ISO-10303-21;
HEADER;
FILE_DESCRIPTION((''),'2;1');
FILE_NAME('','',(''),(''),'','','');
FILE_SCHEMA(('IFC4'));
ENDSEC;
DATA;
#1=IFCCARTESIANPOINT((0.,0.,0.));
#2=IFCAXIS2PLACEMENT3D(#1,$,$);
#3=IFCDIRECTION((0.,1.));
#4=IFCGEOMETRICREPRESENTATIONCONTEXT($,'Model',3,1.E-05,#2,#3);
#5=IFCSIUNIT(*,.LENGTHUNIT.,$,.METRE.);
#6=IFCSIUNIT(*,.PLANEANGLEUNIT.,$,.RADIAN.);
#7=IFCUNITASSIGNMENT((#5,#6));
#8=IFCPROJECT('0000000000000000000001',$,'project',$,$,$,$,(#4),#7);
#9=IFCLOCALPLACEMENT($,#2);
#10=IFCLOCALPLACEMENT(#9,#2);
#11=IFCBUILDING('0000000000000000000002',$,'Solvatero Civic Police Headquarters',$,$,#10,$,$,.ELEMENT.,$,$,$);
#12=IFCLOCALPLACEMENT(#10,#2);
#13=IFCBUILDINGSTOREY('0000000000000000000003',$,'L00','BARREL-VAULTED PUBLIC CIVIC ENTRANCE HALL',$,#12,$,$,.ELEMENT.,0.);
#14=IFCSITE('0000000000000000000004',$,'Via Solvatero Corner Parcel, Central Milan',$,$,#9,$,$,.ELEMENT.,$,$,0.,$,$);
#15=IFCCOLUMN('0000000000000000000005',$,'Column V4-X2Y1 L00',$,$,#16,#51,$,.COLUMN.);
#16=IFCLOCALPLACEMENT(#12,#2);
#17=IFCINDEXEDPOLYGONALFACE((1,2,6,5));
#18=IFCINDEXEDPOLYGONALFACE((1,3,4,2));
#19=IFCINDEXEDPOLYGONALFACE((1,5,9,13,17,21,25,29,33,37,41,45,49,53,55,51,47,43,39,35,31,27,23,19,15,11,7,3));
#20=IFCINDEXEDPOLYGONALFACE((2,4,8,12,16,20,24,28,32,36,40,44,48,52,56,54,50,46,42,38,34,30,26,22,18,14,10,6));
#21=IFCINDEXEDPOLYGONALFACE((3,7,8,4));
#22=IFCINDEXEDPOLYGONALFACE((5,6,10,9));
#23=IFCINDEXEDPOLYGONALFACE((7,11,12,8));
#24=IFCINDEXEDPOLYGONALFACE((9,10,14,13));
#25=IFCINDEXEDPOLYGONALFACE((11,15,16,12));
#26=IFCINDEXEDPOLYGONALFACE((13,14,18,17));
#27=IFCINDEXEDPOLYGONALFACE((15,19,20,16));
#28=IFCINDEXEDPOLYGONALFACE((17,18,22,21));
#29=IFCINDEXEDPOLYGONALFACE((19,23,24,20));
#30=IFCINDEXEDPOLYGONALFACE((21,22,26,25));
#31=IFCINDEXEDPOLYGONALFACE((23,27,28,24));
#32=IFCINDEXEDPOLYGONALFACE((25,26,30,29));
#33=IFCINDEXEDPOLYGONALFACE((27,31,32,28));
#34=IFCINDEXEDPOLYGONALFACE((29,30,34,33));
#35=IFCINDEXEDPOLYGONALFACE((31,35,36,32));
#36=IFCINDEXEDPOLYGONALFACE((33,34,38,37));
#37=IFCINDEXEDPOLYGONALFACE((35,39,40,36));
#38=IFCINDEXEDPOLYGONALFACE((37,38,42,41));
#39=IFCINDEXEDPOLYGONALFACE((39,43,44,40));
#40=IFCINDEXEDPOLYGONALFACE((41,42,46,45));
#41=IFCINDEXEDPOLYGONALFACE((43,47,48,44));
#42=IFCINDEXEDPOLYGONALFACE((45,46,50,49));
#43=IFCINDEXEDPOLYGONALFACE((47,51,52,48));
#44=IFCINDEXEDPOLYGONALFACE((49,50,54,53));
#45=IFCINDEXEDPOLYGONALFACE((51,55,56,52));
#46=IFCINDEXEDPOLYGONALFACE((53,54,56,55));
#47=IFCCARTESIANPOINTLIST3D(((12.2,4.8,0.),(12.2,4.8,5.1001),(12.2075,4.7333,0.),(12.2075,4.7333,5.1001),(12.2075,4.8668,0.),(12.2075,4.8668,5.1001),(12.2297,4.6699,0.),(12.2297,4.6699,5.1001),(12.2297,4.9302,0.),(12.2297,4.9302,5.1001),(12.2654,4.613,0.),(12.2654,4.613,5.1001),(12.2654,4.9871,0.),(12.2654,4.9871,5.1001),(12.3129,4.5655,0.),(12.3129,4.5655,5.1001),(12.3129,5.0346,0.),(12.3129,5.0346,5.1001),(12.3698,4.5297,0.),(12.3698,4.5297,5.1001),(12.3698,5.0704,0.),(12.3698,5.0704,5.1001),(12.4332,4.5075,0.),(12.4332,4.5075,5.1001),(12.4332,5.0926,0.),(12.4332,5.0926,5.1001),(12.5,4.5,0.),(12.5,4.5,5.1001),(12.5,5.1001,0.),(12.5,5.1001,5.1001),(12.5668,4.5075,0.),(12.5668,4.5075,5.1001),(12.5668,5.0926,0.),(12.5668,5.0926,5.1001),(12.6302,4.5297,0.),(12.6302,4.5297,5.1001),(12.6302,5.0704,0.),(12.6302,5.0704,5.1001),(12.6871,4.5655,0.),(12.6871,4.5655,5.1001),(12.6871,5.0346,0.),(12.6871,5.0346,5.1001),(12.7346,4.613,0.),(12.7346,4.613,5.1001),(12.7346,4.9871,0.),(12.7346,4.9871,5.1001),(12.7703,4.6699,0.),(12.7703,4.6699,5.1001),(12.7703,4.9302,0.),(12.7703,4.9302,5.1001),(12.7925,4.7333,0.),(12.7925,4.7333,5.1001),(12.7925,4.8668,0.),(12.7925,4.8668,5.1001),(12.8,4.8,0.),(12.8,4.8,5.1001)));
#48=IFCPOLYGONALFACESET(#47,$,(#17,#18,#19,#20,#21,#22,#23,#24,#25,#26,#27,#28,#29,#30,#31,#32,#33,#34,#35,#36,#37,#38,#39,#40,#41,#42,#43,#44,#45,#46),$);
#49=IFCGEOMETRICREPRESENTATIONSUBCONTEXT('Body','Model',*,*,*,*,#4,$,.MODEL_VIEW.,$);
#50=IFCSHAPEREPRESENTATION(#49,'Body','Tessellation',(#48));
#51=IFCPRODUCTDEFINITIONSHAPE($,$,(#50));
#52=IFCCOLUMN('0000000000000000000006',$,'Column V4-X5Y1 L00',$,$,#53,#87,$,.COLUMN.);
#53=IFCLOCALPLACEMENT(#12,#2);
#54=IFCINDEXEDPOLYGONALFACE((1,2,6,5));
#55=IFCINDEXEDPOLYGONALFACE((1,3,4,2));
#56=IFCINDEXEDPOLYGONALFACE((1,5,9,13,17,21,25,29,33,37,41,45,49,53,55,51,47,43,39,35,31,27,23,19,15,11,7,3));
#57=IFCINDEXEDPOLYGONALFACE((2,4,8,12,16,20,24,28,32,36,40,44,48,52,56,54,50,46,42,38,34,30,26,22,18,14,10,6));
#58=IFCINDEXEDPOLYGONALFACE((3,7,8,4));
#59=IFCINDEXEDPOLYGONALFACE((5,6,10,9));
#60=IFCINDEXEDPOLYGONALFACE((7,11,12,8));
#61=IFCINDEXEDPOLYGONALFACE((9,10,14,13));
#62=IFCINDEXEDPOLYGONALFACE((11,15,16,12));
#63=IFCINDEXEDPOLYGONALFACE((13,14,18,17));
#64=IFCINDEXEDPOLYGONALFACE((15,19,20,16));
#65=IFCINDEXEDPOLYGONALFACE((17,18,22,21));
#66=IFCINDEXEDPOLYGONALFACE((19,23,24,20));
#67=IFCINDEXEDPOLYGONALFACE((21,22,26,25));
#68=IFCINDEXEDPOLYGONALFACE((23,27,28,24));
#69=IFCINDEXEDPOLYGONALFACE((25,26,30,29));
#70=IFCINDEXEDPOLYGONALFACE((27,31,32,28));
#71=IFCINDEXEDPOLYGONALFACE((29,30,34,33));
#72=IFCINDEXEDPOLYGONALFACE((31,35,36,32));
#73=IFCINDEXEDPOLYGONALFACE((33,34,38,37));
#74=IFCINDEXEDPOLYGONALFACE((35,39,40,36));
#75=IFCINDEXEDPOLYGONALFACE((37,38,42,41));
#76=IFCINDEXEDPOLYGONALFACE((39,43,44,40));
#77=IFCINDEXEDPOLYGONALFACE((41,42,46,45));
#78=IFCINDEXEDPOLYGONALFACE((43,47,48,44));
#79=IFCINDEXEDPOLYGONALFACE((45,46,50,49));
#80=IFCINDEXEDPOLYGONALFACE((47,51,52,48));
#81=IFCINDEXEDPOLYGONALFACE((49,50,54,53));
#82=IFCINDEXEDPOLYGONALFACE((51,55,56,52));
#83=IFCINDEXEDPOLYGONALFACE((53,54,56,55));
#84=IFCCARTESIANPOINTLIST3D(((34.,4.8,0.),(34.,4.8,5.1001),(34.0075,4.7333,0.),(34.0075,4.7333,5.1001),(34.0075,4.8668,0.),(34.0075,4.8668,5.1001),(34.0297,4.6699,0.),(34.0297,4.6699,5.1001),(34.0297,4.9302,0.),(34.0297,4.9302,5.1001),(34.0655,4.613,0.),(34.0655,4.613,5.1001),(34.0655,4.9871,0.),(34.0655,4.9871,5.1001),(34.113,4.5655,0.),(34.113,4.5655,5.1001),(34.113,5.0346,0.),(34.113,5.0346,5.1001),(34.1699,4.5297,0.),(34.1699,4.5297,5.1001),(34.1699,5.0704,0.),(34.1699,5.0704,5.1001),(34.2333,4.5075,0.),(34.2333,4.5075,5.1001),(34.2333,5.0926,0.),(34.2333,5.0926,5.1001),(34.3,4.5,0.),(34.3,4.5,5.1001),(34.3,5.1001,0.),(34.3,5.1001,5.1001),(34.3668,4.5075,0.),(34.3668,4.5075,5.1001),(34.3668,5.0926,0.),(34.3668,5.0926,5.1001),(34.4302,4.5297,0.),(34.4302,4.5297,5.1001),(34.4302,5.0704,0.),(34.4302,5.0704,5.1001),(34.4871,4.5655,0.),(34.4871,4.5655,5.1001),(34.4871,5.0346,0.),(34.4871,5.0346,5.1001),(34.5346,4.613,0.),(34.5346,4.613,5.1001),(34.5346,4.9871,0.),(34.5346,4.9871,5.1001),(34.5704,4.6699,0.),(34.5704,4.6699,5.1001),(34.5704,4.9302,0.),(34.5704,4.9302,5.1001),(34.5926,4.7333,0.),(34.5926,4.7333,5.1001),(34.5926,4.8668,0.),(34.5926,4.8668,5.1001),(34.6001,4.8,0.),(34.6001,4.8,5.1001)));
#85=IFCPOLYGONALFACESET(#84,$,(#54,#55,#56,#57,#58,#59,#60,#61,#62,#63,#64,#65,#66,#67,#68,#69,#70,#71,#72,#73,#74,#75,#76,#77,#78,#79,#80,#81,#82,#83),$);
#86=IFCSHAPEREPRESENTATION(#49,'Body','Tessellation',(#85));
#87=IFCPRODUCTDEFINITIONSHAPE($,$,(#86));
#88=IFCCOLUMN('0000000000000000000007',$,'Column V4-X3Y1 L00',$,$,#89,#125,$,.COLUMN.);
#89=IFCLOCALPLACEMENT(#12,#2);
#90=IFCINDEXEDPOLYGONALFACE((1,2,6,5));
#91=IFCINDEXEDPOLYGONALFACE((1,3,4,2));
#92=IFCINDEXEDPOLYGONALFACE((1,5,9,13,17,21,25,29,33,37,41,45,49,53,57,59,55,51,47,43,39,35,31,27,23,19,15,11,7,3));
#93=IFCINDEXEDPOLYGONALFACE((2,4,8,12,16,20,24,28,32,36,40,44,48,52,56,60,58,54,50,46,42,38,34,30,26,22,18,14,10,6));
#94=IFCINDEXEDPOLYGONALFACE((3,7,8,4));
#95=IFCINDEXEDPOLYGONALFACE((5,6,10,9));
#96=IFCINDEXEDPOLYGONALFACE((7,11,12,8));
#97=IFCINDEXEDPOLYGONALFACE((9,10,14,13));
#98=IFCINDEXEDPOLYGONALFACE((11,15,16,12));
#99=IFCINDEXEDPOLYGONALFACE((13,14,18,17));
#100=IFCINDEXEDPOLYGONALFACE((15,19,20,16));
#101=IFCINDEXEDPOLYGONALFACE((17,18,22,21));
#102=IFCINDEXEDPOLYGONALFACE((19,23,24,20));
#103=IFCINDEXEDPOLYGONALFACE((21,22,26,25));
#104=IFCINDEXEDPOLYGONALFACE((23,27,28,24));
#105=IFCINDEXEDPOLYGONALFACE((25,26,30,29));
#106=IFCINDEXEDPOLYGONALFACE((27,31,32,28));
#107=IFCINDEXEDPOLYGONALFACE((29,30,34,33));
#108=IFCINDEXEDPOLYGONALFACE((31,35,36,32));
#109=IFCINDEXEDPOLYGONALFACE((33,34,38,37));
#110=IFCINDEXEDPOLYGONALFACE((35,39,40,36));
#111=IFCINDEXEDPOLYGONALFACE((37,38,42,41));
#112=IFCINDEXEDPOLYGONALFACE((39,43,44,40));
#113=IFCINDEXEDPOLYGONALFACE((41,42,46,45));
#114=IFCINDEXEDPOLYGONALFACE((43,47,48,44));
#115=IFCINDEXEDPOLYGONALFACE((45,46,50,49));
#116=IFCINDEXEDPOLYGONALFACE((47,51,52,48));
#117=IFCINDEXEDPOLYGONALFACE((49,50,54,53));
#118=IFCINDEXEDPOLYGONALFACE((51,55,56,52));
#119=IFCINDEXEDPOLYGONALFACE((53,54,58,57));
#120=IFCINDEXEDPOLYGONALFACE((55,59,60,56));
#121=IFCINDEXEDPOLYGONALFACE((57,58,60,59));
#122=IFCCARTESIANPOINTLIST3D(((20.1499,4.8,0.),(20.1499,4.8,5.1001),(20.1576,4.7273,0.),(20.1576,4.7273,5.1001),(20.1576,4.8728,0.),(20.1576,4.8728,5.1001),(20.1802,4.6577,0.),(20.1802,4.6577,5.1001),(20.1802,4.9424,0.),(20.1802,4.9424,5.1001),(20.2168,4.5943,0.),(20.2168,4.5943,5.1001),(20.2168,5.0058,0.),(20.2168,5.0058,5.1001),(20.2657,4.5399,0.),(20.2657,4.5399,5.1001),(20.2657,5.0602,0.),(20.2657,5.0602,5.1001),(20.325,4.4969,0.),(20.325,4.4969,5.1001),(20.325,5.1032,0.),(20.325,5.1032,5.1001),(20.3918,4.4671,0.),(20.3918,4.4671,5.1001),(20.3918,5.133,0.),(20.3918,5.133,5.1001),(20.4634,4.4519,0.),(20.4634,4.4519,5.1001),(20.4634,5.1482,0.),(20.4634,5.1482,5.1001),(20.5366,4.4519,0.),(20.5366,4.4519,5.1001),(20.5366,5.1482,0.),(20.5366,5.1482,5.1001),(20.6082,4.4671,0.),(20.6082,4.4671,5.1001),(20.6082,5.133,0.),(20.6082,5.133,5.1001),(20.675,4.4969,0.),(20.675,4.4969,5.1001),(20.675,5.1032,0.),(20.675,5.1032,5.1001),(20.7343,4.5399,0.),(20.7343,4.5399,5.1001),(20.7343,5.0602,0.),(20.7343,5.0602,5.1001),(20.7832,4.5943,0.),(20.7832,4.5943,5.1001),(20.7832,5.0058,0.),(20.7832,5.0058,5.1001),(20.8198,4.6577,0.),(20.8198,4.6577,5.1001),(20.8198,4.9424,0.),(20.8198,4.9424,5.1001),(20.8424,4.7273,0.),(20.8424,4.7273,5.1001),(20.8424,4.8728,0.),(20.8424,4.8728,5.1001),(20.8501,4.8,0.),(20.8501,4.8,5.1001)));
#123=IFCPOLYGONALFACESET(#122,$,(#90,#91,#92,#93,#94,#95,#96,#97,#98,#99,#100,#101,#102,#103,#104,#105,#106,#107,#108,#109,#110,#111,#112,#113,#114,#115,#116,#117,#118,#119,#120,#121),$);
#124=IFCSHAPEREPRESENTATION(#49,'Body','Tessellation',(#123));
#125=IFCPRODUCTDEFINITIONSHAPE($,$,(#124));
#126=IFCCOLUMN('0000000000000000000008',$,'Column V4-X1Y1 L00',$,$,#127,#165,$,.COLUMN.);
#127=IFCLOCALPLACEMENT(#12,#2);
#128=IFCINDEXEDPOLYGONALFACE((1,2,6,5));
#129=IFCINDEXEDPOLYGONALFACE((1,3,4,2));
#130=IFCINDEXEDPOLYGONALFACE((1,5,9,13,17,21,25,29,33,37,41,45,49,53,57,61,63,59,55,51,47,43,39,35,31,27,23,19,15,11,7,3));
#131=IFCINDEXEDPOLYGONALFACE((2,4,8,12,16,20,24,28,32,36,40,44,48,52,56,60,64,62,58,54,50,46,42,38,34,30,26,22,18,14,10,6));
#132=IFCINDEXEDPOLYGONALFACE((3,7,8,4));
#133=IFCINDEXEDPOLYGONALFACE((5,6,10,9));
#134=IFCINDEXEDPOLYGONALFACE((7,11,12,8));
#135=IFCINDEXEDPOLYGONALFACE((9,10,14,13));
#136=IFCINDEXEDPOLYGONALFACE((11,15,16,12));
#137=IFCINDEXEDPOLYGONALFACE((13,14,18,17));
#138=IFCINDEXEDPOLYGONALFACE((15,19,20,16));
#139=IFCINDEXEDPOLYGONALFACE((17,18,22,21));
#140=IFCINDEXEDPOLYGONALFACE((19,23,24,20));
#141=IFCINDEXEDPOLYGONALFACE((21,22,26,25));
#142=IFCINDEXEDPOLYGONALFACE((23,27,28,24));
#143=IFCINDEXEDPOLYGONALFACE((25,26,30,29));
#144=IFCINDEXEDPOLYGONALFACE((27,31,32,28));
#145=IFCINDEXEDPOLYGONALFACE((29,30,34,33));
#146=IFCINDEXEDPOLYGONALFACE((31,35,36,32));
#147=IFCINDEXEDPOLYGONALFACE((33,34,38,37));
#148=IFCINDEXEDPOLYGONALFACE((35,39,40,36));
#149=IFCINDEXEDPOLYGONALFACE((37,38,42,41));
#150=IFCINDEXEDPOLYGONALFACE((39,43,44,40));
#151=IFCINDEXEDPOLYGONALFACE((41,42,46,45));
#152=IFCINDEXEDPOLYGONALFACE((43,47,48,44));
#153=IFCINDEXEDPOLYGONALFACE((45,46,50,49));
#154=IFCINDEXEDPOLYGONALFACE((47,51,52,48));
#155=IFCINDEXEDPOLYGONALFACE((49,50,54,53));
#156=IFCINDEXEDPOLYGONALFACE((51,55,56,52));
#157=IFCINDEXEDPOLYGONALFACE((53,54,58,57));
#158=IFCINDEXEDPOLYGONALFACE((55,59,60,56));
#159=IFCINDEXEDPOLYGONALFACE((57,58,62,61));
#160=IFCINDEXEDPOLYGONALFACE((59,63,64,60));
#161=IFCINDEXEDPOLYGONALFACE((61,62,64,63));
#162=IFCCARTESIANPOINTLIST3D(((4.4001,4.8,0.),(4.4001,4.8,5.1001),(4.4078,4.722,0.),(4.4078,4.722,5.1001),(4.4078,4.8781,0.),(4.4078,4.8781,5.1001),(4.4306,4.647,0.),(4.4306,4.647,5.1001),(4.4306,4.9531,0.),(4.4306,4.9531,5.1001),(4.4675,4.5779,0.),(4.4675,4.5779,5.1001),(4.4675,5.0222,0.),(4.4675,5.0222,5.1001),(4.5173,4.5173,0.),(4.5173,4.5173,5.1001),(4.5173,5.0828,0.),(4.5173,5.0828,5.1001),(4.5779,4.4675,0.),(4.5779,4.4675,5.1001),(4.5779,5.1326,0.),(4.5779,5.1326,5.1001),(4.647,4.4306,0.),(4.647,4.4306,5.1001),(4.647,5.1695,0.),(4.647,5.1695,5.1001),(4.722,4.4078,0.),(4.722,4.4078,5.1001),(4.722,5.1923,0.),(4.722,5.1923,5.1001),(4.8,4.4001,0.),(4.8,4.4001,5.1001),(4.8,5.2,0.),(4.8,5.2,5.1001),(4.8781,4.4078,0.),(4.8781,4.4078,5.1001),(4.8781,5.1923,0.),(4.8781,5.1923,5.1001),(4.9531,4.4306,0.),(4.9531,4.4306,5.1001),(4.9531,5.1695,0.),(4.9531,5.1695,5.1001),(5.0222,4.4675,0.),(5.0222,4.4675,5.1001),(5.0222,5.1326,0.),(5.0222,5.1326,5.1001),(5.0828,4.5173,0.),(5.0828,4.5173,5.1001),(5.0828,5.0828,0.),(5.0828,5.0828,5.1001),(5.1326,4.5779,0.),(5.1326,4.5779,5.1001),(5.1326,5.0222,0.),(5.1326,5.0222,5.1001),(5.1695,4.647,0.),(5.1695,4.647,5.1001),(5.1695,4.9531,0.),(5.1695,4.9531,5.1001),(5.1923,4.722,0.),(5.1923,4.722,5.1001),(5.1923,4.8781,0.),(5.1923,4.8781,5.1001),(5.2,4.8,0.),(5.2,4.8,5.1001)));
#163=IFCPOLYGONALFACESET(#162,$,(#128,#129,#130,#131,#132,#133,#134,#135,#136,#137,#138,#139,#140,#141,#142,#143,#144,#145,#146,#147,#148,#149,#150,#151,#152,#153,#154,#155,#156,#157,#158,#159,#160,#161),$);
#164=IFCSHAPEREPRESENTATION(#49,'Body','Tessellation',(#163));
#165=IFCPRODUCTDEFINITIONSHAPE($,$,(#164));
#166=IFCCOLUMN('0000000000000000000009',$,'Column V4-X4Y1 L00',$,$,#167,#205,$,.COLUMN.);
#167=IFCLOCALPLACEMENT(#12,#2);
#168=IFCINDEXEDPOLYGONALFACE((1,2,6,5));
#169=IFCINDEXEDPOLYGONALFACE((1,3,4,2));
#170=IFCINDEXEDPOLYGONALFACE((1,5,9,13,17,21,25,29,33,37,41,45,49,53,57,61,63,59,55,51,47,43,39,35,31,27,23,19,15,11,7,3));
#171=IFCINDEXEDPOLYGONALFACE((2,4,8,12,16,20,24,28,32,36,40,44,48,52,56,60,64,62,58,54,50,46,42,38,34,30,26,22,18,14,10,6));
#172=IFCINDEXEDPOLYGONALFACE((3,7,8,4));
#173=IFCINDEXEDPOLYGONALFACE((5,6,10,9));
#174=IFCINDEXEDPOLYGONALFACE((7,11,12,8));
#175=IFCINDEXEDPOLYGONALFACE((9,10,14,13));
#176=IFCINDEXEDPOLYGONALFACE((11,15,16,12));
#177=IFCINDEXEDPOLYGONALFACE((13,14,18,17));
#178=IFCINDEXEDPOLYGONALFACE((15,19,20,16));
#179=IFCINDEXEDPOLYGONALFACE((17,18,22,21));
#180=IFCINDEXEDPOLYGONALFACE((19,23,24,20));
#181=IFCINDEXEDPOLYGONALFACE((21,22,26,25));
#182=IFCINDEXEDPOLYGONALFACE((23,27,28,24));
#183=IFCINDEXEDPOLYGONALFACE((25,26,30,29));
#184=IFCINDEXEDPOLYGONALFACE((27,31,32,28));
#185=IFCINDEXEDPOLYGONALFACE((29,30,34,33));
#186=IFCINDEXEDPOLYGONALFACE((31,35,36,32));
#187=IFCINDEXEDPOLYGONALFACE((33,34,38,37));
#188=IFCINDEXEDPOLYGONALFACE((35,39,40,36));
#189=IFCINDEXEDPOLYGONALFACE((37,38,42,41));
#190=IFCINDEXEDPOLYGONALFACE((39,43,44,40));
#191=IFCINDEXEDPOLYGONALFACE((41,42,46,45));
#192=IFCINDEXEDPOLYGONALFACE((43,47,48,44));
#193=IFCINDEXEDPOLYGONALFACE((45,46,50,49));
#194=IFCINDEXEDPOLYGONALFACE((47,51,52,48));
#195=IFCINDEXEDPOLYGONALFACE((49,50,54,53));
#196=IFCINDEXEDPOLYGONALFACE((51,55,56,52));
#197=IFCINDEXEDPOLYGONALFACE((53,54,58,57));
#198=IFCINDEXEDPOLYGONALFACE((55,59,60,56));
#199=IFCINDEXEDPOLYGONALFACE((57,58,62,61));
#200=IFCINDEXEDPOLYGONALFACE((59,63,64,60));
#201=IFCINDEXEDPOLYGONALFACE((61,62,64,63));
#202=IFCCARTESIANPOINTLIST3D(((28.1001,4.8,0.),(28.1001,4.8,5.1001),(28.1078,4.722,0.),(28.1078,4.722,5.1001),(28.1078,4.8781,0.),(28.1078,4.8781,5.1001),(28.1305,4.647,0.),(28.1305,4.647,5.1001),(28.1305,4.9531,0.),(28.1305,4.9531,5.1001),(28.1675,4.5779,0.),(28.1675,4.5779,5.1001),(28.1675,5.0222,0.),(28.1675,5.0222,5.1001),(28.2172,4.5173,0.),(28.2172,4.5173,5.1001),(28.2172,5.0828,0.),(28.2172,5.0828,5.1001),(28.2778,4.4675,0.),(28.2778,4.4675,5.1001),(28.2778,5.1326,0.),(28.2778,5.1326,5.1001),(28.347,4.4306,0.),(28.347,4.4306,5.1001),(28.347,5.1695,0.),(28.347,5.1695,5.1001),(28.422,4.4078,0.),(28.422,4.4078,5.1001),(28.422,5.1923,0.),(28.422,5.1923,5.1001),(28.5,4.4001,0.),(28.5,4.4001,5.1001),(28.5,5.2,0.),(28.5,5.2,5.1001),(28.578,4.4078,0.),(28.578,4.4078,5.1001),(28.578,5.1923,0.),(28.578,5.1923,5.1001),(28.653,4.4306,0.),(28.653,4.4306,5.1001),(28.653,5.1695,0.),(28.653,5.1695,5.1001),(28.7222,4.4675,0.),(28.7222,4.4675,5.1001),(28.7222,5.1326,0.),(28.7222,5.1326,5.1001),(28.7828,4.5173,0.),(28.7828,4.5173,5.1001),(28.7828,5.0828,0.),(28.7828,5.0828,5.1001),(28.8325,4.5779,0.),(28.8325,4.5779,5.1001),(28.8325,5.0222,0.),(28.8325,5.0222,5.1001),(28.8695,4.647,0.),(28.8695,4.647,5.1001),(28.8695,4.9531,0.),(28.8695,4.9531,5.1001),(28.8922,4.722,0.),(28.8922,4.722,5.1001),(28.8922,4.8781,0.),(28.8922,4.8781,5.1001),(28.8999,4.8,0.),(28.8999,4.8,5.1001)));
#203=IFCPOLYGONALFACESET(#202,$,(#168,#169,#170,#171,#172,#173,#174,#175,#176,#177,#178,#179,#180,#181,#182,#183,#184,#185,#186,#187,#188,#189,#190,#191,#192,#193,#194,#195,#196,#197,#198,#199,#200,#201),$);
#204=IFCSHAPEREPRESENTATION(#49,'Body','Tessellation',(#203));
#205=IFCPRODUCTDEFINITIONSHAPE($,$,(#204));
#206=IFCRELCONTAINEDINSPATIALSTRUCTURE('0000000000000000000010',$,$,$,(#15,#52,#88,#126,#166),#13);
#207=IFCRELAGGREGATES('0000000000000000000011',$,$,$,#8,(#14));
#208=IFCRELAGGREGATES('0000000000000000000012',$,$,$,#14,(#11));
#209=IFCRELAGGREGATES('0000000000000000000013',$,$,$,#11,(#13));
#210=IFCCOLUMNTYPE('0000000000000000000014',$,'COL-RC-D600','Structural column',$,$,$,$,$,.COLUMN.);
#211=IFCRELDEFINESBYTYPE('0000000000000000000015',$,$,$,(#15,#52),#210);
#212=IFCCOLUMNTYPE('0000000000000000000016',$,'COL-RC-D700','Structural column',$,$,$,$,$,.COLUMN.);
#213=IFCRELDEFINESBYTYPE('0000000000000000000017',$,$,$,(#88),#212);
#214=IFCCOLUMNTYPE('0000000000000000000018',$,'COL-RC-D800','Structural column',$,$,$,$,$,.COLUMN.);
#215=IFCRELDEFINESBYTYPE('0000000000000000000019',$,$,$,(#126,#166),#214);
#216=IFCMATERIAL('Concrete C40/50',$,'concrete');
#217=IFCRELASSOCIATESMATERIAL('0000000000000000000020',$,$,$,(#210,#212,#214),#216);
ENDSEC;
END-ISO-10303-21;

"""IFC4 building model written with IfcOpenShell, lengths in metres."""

from ifc_helpers import new_model, si_unit, direction, frame, origin, origin_2d, place, context, subcontext, project, spatial, circle, extrude, material, material_profile, profile_set, type_object, element, save


model = new_model("IFC4")

# Units and contexts
model_context = context("Model", 3, precision=1e-05, world=origin(), true_north=direction((0.0, 1.0)))
body_context = subcontext(model_context, "Body", "Model", "MODEL_VIEW")
ifc_project = project(units=[si_unit("LENGTHUNIT", "METRE"), si_unit("PLANEANGLEUNIT", "RADIAN")], contexts=[model_context])

# Site, building, storey
site_placement = place(None, origin())
site = spatial("IfcSite", under=ifc_project, at=site_placement, Name="Via Solvatero Corner Parcel, Central Milan", CompositionType="ELEMENT", RefElevation=0.0)
building_placement = place(site_placement, origin())
building = spatial("IfcBuilding", under=site, at=building_placement, Name="Solvatero Civic Police Headquarters", CompositionType="ELEMENT")
storey_placement = place(building_placement, origin())
storey = spatial("IfcBuildingStorey", under=building, at=storey_placement, Name="L00", Description="BARREL-VAULTED PUBLIC CIVIC ENTRANCE HALL", CompositionType="ELEMENT", Elevation=0.0)

# Columns
ifc_material_1 = material(Name="Concrete C40/50", Category="concrete")
ifc_material_profile_1 = material_profile(ifc_material_1, circle(Radius=0.3, at=origin_2d()), Name="RC COL D600")
ifc_profile_set_1 = profile_set([ifc_material_profile_1], Name="Concrete C40/50")
column_type_1 = type_object("IfcColumnType", Name="COL-RC-D600", Description="Structural column", PredefinedType="COLUMN", material=ifc_profile_set_1)
for number, where, z_axis, x_axis, name in (
    (1, (12.5, 4.8, 0.0), (0.0, 0.0, 1.0), (1.0, 0.0, 0.0), "Column V4-X2Y1 L00"),
    (2, (34.3, 4.8, 0.0), (0.0, 0.0, 1.0), (1.0, 0.0, 0.0), "Column V4-X5Y1 L00"),
):
    element("IfcColumn", number, at=place(storey_placement, frame(where, z_axis=z_axis, x_axis=x_axis)), inside=storey, type_object=column_type_1, Name=name, PredefinedType="COLUMN", context=body_context, shape_type="SweptSolid", body=[
        extrude(circle(Radius=0.3, at=origin_2d()), origin(), (0.0, 0.0, 1.0), 5.1001),
    ])
ifc_material_profile_2 = material_profile(ifc_material_1, circle(Radius=0.3501, at=origin_2d()), Name="RC COL D700")
ifc_profile_set_2 = profile_set([ifc_material_profile_2], Name="Concrete C40/50")
column_type_2 = type_object("IfcColumnType", Name="COL-RC-D700", Description="Structural column", PredefinedType="COLUMN", material=ifc_profile_set_2)
column_placement = place(storey_placement, frame((20.5, 4.8, 0.0), z_axis=(0.0, 0.0, 1.0), x_axis=(1.0, 0.0, 0.0)))
element("IfcColumn", 3, at=column_placement, inside=storey, type_object=column_type_2, Name="Column V4-X3Y1 L00", PredefinedType="COLUMN", context=body_context, shape_type="SweptSolid", body=[
    extrude(circle(Radius=0.3501, at=origin_2d()), origin(), (0.0, 0.0, 1.0), 5.1001),
])
ifc_material_profile_3 = material_profile(ifc_material_1, circle(Radius=0.3999, at=origin_2d()), Name="RC COL D800")
ifc_profile_set_3 = profile_set([ifc_material_profile_3], Name="Concrete C40/50")
column_type_3 = type_object("IfcColumnType", Name="COL-RC-D800", Description="Structural column", PredefinedType="COLUMN", material=ifc_profile_set_3)
for number, where, z_axis, x_axis, name in (
    (4, (4.8, 4.8, 0.0), (0.0, 0.0, 1.0), (1.0, 0.0, 0.0), "Column V4-X1Y1 L00"),
    (5, (28.5, 4.8, 0.0), (0.0, 0.0, 1.0), (1.0, 0.0, 0.0), "Column V4-X4Y1 L00"),
):
    element("IfcColumn", number, at=place(storey_placement, frame(where, z_axis=z_axis, x_axis=x_axis)), inside=storey, type_object=column_type_3, Name=name, PredefinedType="COLUMN", context=body_context, shape_type="SweptSolid", body=[
        extrude(circle(Radius=0.3999, at=origin_2d()), origin(), (0.0, 0.0, 1.0), 5.1001),
    ])

save(model, "model.ifc")
